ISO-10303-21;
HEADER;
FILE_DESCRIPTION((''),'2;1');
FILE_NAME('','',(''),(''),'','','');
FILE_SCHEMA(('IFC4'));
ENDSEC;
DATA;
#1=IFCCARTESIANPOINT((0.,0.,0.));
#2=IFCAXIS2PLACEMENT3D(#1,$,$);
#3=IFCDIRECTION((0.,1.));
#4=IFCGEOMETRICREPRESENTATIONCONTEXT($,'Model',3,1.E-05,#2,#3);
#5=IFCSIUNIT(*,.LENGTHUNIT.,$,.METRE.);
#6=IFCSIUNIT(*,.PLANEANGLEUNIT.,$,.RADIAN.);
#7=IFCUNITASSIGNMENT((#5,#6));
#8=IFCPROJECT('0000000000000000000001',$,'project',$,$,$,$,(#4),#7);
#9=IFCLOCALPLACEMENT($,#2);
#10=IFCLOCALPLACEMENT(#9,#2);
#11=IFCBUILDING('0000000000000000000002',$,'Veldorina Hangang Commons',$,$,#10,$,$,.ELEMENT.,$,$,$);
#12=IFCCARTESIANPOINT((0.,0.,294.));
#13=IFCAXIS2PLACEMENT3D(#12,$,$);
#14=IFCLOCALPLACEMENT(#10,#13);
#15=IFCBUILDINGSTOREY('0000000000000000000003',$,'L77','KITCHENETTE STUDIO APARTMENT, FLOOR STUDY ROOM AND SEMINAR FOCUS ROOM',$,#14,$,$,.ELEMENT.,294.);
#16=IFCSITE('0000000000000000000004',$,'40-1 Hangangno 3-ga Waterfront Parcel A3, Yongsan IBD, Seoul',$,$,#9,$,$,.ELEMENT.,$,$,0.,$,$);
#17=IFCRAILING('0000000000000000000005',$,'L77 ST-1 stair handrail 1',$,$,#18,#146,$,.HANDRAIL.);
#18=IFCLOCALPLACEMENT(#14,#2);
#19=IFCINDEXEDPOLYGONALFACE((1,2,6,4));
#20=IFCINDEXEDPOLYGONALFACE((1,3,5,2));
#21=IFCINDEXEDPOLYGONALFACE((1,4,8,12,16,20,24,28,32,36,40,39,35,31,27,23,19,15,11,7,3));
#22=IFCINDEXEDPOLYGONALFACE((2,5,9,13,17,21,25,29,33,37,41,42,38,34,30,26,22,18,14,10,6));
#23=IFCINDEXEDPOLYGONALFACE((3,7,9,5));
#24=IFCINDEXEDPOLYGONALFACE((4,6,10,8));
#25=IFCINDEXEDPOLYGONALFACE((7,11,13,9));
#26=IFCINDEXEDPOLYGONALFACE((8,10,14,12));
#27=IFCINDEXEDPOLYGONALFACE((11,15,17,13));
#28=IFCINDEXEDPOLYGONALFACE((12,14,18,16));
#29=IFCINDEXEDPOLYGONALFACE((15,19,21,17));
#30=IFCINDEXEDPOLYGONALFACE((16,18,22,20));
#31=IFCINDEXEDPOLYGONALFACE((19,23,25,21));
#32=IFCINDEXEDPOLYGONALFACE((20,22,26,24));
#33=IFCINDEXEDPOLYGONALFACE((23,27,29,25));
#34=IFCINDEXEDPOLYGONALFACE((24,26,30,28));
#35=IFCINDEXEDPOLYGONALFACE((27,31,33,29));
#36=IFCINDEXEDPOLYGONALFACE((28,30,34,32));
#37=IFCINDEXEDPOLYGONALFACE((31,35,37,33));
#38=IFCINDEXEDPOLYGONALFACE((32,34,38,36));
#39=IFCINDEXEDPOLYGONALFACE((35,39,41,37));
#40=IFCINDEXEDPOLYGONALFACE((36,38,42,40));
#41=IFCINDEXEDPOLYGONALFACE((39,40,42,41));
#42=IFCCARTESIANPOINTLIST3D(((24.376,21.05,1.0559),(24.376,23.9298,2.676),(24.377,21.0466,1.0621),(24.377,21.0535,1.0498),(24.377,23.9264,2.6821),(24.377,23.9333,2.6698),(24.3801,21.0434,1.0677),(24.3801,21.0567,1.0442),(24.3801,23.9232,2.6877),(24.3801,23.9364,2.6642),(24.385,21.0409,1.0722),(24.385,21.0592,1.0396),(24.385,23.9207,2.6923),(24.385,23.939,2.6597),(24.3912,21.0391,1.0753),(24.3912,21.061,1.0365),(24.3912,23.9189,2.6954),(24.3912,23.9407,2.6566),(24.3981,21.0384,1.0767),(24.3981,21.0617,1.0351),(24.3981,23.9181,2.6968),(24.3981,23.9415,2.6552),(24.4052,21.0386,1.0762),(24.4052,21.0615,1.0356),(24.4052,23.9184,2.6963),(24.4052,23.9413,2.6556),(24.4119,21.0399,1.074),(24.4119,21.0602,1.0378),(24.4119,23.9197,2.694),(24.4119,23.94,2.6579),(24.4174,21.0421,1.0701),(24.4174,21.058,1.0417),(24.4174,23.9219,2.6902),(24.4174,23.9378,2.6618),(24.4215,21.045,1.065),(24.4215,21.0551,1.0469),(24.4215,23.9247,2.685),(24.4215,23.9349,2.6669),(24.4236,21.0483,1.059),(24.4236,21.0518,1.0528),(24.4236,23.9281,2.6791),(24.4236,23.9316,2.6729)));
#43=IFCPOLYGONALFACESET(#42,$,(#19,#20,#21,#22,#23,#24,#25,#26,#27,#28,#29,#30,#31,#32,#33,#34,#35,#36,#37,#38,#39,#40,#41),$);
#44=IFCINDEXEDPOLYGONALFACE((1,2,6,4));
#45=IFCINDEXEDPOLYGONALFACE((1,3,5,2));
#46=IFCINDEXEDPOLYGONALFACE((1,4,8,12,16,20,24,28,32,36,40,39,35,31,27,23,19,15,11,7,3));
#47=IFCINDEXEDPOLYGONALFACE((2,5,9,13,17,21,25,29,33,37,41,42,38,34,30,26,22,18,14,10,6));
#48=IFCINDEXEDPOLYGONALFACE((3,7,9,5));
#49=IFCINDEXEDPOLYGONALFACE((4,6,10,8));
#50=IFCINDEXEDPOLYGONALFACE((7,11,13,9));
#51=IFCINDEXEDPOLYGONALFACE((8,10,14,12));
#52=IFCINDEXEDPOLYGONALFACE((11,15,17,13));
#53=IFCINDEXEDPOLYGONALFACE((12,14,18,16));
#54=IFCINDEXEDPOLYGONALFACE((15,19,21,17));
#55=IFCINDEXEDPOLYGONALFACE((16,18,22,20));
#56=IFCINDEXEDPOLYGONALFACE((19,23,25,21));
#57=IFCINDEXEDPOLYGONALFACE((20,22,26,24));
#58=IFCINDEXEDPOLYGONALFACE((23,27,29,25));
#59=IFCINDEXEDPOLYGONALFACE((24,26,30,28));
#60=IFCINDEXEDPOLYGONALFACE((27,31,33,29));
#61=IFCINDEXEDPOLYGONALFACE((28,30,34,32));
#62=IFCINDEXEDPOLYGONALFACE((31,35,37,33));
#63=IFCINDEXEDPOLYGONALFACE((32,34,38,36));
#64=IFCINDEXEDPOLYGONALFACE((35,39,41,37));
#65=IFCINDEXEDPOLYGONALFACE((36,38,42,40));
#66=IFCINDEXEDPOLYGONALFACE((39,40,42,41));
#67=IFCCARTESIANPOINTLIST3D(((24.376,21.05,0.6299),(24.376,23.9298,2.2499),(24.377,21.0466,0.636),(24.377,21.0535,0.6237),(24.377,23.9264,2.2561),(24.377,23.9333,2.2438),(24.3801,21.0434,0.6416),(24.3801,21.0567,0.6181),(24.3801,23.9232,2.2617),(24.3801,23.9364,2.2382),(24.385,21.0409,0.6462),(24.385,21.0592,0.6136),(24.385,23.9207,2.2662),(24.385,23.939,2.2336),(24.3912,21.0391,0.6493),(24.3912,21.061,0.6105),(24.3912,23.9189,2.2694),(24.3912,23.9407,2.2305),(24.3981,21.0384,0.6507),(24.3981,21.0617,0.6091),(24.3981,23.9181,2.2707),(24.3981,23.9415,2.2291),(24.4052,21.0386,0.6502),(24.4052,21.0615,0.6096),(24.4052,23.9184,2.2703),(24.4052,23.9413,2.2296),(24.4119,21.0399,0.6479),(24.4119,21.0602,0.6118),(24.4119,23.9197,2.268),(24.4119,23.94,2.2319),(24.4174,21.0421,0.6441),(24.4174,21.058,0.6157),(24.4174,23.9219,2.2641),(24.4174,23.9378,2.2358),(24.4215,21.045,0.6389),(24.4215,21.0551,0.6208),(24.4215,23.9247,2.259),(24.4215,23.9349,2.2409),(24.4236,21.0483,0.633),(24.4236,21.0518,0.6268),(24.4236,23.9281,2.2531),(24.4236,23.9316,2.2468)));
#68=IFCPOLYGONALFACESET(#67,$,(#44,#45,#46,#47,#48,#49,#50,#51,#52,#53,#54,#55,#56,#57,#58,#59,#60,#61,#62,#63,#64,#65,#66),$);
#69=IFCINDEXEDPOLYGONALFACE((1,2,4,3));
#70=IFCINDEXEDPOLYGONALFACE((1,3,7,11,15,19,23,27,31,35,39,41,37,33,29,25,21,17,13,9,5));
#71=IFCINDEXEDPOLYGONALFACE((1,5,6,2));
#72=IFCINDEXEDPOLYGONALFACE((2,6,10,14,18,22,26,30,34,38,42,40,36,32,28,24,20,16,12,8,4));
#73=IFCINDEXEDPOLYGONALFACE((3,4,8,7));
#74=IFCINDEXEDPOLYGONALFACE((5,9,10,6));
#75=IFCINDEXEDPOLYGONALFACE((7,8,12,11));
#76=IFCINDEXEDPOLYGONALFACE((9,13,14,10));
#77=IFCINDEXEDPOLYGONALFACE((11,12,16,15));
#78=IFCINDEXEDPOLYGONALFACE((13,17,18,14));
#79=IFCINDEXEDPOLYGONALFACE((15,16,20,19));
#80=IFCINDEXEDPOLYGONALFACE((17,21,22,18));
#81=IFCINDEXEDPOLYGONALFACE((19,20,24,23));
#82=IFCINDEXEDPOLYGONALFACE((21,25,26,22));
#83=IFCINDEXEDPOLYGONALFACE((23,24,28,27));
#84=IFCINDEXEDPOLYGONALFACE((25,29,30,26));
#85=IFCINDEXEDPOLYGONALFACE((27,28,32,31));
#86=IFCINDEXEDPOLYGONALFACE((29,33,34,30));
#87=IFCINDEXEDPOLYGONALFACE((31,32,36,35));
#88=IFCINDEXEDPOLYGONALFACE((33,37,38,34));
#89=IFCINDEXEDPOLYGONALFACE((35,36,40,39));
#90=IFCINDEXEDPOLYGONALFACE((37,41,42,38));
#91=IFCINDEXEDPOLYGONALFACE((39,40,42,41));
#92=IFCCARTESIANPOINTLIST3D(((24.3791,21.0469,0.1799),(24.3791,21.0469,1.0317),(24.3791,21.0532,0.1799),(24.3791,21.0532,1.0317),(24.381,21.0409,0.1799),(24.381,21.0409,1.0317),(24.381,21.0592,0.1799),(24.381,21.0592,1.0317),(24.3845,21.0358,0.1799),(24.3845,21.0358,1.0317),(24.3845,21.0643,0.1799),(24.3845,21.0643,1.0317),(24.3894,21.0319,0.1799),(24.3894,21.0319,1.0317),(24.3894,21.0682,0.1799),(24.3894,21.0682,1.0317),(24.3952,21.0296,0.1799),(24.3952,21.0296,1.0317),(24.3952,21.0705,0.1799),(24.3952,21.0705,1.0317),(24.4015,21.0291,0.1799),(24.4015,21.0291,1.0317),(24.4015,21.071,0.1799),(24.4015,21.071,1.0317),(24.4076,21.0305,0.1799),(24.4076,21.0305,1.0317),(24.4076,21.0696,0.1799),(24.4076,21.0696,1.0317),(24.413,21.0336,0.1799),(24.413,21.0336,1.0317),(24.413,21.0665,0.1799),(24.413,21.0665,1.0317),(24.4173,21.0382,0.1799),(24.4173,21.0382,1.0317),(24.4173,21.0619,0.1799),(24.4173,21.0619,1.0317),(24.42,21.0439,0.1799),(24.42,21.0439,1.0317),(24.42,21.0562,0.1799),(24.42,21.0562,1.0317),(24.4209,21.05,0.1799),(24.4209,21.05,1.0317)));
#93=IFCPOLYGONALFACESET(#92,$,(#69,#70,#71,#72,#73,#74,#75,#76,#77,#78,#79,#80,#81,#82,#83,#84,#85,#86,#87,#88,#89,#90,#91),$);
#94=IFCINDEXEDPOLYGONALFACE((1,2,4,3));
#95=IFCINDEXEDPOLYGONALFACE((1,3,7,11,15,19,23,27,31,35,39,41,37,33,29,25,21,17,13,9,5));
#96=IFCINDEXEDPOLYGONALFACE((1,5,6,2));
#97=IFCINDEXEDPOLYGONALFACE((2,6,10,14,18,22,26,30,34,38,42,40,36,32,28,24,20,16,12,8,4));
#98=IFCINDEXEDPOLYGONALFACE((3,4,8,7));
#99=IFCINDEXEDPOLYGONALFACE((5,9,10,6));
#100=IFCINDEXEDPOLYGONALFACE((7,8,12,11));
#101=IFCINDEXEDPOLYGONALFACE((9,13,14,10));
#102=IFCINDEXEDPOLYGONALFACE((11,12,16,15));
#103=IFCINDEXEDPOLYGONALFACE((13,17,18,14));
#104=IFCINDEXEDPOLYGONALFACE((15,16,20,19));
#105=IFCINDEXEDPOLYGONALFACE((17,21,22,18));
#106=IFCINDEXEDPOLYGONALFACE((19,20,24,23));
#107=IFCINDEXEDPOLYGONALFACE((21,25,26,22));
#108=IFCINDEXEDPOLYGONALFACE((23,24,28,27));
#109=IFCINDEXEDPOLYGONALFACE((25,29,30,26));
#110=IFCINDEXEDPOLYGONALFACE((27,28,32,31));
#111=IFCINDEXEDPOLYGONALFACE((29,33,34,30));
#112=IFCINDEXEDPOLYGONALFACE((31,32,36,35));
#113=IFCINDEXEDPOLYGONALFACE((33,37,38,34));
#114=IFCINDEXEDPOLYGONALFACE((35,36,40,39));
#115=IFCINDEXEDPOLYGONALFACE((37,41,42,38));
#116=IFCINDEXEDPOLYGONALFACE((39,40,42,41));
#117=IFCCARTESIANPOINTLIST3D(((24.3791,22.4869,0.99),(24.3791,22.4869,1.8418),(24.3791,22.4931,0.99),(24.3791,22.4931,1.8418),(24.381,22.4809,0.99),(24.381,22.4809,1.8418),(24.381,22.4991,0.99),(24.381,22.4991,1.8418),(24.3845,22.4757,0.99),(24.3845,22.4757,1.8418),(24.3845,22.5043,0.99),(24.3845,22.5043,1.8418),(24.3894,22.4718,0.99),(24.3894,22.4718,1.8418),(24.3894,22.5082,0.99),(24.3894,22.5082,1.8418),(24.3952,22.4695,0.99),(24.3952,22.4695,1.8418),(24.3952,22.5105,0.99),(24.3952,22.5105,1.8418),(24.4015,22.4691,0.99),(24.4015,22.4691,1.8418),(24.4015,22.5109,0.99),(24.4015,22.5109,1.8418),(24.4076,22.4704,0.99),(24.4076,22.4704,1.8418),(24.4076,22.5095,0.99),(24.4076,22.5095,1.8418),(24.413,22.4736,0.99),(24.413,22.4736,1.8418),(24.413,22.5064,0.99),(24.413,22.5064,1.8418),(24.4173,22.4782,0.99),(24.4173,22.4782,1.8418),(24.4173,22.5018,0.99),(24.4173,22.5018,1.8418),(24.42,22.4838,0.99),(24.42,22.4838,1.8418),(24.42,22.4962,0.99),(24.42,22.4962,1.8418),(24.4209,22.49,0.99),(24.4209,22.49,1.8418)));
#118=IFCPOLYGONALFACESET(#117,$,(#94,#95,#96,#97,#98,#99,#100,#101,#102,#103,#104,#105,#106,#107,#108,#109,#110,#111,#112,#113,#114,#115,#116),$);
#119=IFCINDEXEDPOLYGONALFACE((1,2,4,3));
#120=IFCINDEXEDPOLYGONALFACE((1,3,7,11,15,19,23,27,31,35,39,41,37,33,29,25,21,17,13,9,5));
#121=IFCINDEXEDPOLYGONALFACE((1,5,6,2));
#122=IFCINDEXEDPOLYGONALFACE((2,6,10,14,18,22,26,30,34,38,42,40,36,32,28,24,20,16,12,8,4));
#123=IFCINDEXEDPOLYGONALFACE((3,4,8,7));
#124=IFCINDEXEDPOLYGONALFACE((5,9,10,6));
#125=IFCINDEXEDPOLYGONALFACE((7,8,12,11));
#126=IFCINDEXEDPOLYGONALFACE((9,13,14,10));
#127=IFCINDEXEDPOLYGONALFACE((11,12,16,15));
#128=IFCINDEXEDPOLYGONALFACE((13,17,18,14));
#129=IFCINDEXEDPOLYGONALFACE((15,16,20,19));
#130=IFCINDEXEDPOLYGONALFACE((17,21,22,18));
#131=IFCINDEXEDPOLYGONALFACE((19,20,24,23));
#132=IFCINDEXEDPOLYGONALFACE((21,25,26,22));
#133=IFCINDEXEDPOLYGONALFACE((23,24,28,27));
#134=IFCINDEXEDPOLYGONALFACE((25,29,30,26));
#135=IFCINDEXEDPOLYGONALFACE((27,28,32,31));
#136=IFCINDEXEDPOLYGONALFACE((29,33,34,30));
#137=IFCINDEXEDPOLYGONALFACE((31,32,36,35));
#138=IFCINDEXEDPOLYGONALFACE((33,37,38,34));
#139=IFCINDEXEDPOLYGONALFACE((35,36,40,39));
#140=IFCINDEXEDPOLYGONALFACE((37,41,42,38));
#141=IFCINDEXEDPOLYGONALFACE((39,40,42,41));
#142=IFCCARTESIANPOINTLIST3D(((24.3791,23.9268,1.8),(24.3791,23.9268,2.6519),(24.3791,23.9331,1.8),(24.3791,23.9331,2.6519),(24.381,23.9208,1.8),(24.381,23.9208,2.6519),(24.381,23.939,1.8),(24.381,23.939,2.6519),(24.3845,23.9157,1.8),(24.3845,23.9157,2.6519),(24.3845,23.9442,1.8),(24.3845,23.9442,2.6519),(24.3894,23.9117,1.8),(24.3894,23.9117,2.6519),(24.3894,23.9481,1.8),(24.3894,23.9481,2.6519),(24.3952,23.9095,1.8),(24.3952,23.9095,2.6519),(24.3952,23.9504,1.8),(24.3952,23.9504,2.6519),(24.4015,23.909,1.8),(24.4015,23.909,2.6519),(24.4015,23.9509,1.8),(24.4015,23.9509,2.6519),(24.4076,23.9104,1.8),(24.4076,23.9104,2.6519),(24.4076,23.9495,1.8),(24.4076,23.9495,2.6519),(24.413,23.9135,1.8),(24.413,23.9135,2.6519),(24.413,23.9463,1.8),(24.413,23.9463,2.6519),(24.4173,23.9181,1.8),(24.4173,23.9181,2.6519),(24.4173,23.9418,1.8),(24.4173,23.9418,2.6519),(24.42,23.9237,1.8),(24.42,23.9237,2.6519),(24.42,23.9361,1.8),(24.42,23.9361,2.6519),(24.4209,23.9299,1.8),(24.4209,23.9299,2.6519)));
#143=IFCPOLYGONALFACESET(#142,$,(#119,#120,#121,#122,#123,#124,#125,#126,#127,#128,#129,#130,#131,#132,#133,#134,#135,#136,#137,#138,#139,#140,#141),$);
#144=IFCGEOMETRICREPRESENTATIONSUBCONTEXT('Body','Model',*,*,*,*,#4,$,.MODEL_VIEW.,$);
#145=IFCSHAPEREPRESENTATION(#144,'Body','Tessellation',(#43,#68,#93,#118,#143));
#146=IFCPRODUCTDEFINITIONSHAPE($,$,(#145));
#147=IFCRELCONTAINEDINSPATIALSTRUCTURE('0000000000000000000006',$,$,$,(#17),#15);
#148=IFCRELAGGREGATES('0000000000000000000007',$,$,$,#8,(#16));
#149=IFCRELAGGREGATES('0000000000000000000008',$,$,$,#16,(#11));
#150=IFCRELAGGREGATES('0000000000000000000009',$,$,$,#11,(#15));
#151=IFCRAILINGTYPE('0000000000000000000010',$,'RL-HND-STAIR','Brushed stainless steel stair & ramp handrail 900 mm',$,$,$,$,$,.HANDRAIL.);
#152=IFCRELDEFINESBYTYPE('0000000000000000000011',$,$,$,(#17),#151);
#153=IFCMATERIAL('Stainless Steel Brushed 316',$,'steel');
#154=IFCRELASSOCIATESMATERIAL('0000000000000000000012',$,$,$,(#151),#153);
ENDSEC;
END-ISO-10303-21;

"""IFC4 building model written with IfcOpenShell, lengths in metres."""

from ifc_helpers import new_model, si_unit, direction, frame, origin, origin_2d, place, context, subcontext, project, spatial, circle, extrude, material, type_object, element, save


model = new_model("IFC4")

# Units and contexts
model_context = context("Model", 3, precision=1e-05, world=origin(), true_north=direction((0.0, 1.0)))
body_context = subcontext(model_context, "Body", "Model", "MODEL_VIEW")
ifc_project = project(units=[si_unit("LENGTHUNIT", "METRE"), si_unit("PLANEANGLEUNIT", "RADIAN")], contexts=[model_context])

# Site, building, storey
site_placement = place(None, origin())
site = spatial("IfcSite", under=ifc_project, at=site_placement, Name="40-1 Hangangno 3-ga Waterfront Parcel A3, Yongsan IBD, Seoul", CompositionType="ELEMENT", RefElevation=0.0)
building_placement = place(site_placement, origin())
building = spatial("IfcBuilding", under=site, at=building_placement, Name="Veldorina Hangang Commons", CompositionType="ELEMENT")
storey_placement = place(building_placement, frame((0.0, 0.0, 294.0)))
storey = spatial("IfcBuildingStorey", under=building, at=storey_placement, Name="L77", Description="KITCHENETTE STUDIO APARTMENT, FLOOR STUDY ROOM AND SEMINAR FOCUS ROOM", CompositionType="ELEMENT", Elevation=294.0)

# Railing
ifc_material_1 = material(Name="Stainless Steel Brushed 316", Category="steel")
railing_type = type_object("IfcRailingType", Name="RL-HND-STAIR", Description="Brushed stainless steel stair & ramp handrail 900 mm", PredefinedType="HANDRAIL", material=ifc_material_1)
railing_placement = place(storey_placement, frame((24.3999, 21.05, 0.1799)))
element("IfcRailing", 1, at=railing_placement, inside=storey, type_object=railing_type, Name="L77 ST-1 stair handrail 1", PredefinedType="HANDRAIL", context=body_context, shape_type="SweptSolid", body=[
    extrude(circle(Radius=0.0239, at=origin_2d()), frame((0.0, 0.0, 0.876), z_axis=(0.0, 0.871552, 0.490303), x_axis=(-1.0, 0.0, 0.0)), (0.0, 0.0, 1.0), 3.3042),
    extrude(circle(Radius=0.0239, at=origin_2d()), frame((0.0, 0.0, 0.45), z_axis=(0.0, 0.871552, 0.490303), x_axis=(-1.0, 0.0, 0.0)), (0.0, 0.0, 1.0), 3.3042),
    extrude(circle(Radius=0.021, at=origin_2d()), origin(), (0.0, 0.0, 1.0), 0.8518),
    extrude(circle(Radius=0.021, at=origin_2d()), frame((0.0, 1.4399, 0.8101)), (0.0, 0.0, 1.0), 0.8518),
    extrude(circle(Radius=0.021, at=origin_2d()), frame((0.0, 2.8799, 1.6201)), (0.0, 0.0, 1.0), 0.8518),
])

save(model, "model.ifc")
